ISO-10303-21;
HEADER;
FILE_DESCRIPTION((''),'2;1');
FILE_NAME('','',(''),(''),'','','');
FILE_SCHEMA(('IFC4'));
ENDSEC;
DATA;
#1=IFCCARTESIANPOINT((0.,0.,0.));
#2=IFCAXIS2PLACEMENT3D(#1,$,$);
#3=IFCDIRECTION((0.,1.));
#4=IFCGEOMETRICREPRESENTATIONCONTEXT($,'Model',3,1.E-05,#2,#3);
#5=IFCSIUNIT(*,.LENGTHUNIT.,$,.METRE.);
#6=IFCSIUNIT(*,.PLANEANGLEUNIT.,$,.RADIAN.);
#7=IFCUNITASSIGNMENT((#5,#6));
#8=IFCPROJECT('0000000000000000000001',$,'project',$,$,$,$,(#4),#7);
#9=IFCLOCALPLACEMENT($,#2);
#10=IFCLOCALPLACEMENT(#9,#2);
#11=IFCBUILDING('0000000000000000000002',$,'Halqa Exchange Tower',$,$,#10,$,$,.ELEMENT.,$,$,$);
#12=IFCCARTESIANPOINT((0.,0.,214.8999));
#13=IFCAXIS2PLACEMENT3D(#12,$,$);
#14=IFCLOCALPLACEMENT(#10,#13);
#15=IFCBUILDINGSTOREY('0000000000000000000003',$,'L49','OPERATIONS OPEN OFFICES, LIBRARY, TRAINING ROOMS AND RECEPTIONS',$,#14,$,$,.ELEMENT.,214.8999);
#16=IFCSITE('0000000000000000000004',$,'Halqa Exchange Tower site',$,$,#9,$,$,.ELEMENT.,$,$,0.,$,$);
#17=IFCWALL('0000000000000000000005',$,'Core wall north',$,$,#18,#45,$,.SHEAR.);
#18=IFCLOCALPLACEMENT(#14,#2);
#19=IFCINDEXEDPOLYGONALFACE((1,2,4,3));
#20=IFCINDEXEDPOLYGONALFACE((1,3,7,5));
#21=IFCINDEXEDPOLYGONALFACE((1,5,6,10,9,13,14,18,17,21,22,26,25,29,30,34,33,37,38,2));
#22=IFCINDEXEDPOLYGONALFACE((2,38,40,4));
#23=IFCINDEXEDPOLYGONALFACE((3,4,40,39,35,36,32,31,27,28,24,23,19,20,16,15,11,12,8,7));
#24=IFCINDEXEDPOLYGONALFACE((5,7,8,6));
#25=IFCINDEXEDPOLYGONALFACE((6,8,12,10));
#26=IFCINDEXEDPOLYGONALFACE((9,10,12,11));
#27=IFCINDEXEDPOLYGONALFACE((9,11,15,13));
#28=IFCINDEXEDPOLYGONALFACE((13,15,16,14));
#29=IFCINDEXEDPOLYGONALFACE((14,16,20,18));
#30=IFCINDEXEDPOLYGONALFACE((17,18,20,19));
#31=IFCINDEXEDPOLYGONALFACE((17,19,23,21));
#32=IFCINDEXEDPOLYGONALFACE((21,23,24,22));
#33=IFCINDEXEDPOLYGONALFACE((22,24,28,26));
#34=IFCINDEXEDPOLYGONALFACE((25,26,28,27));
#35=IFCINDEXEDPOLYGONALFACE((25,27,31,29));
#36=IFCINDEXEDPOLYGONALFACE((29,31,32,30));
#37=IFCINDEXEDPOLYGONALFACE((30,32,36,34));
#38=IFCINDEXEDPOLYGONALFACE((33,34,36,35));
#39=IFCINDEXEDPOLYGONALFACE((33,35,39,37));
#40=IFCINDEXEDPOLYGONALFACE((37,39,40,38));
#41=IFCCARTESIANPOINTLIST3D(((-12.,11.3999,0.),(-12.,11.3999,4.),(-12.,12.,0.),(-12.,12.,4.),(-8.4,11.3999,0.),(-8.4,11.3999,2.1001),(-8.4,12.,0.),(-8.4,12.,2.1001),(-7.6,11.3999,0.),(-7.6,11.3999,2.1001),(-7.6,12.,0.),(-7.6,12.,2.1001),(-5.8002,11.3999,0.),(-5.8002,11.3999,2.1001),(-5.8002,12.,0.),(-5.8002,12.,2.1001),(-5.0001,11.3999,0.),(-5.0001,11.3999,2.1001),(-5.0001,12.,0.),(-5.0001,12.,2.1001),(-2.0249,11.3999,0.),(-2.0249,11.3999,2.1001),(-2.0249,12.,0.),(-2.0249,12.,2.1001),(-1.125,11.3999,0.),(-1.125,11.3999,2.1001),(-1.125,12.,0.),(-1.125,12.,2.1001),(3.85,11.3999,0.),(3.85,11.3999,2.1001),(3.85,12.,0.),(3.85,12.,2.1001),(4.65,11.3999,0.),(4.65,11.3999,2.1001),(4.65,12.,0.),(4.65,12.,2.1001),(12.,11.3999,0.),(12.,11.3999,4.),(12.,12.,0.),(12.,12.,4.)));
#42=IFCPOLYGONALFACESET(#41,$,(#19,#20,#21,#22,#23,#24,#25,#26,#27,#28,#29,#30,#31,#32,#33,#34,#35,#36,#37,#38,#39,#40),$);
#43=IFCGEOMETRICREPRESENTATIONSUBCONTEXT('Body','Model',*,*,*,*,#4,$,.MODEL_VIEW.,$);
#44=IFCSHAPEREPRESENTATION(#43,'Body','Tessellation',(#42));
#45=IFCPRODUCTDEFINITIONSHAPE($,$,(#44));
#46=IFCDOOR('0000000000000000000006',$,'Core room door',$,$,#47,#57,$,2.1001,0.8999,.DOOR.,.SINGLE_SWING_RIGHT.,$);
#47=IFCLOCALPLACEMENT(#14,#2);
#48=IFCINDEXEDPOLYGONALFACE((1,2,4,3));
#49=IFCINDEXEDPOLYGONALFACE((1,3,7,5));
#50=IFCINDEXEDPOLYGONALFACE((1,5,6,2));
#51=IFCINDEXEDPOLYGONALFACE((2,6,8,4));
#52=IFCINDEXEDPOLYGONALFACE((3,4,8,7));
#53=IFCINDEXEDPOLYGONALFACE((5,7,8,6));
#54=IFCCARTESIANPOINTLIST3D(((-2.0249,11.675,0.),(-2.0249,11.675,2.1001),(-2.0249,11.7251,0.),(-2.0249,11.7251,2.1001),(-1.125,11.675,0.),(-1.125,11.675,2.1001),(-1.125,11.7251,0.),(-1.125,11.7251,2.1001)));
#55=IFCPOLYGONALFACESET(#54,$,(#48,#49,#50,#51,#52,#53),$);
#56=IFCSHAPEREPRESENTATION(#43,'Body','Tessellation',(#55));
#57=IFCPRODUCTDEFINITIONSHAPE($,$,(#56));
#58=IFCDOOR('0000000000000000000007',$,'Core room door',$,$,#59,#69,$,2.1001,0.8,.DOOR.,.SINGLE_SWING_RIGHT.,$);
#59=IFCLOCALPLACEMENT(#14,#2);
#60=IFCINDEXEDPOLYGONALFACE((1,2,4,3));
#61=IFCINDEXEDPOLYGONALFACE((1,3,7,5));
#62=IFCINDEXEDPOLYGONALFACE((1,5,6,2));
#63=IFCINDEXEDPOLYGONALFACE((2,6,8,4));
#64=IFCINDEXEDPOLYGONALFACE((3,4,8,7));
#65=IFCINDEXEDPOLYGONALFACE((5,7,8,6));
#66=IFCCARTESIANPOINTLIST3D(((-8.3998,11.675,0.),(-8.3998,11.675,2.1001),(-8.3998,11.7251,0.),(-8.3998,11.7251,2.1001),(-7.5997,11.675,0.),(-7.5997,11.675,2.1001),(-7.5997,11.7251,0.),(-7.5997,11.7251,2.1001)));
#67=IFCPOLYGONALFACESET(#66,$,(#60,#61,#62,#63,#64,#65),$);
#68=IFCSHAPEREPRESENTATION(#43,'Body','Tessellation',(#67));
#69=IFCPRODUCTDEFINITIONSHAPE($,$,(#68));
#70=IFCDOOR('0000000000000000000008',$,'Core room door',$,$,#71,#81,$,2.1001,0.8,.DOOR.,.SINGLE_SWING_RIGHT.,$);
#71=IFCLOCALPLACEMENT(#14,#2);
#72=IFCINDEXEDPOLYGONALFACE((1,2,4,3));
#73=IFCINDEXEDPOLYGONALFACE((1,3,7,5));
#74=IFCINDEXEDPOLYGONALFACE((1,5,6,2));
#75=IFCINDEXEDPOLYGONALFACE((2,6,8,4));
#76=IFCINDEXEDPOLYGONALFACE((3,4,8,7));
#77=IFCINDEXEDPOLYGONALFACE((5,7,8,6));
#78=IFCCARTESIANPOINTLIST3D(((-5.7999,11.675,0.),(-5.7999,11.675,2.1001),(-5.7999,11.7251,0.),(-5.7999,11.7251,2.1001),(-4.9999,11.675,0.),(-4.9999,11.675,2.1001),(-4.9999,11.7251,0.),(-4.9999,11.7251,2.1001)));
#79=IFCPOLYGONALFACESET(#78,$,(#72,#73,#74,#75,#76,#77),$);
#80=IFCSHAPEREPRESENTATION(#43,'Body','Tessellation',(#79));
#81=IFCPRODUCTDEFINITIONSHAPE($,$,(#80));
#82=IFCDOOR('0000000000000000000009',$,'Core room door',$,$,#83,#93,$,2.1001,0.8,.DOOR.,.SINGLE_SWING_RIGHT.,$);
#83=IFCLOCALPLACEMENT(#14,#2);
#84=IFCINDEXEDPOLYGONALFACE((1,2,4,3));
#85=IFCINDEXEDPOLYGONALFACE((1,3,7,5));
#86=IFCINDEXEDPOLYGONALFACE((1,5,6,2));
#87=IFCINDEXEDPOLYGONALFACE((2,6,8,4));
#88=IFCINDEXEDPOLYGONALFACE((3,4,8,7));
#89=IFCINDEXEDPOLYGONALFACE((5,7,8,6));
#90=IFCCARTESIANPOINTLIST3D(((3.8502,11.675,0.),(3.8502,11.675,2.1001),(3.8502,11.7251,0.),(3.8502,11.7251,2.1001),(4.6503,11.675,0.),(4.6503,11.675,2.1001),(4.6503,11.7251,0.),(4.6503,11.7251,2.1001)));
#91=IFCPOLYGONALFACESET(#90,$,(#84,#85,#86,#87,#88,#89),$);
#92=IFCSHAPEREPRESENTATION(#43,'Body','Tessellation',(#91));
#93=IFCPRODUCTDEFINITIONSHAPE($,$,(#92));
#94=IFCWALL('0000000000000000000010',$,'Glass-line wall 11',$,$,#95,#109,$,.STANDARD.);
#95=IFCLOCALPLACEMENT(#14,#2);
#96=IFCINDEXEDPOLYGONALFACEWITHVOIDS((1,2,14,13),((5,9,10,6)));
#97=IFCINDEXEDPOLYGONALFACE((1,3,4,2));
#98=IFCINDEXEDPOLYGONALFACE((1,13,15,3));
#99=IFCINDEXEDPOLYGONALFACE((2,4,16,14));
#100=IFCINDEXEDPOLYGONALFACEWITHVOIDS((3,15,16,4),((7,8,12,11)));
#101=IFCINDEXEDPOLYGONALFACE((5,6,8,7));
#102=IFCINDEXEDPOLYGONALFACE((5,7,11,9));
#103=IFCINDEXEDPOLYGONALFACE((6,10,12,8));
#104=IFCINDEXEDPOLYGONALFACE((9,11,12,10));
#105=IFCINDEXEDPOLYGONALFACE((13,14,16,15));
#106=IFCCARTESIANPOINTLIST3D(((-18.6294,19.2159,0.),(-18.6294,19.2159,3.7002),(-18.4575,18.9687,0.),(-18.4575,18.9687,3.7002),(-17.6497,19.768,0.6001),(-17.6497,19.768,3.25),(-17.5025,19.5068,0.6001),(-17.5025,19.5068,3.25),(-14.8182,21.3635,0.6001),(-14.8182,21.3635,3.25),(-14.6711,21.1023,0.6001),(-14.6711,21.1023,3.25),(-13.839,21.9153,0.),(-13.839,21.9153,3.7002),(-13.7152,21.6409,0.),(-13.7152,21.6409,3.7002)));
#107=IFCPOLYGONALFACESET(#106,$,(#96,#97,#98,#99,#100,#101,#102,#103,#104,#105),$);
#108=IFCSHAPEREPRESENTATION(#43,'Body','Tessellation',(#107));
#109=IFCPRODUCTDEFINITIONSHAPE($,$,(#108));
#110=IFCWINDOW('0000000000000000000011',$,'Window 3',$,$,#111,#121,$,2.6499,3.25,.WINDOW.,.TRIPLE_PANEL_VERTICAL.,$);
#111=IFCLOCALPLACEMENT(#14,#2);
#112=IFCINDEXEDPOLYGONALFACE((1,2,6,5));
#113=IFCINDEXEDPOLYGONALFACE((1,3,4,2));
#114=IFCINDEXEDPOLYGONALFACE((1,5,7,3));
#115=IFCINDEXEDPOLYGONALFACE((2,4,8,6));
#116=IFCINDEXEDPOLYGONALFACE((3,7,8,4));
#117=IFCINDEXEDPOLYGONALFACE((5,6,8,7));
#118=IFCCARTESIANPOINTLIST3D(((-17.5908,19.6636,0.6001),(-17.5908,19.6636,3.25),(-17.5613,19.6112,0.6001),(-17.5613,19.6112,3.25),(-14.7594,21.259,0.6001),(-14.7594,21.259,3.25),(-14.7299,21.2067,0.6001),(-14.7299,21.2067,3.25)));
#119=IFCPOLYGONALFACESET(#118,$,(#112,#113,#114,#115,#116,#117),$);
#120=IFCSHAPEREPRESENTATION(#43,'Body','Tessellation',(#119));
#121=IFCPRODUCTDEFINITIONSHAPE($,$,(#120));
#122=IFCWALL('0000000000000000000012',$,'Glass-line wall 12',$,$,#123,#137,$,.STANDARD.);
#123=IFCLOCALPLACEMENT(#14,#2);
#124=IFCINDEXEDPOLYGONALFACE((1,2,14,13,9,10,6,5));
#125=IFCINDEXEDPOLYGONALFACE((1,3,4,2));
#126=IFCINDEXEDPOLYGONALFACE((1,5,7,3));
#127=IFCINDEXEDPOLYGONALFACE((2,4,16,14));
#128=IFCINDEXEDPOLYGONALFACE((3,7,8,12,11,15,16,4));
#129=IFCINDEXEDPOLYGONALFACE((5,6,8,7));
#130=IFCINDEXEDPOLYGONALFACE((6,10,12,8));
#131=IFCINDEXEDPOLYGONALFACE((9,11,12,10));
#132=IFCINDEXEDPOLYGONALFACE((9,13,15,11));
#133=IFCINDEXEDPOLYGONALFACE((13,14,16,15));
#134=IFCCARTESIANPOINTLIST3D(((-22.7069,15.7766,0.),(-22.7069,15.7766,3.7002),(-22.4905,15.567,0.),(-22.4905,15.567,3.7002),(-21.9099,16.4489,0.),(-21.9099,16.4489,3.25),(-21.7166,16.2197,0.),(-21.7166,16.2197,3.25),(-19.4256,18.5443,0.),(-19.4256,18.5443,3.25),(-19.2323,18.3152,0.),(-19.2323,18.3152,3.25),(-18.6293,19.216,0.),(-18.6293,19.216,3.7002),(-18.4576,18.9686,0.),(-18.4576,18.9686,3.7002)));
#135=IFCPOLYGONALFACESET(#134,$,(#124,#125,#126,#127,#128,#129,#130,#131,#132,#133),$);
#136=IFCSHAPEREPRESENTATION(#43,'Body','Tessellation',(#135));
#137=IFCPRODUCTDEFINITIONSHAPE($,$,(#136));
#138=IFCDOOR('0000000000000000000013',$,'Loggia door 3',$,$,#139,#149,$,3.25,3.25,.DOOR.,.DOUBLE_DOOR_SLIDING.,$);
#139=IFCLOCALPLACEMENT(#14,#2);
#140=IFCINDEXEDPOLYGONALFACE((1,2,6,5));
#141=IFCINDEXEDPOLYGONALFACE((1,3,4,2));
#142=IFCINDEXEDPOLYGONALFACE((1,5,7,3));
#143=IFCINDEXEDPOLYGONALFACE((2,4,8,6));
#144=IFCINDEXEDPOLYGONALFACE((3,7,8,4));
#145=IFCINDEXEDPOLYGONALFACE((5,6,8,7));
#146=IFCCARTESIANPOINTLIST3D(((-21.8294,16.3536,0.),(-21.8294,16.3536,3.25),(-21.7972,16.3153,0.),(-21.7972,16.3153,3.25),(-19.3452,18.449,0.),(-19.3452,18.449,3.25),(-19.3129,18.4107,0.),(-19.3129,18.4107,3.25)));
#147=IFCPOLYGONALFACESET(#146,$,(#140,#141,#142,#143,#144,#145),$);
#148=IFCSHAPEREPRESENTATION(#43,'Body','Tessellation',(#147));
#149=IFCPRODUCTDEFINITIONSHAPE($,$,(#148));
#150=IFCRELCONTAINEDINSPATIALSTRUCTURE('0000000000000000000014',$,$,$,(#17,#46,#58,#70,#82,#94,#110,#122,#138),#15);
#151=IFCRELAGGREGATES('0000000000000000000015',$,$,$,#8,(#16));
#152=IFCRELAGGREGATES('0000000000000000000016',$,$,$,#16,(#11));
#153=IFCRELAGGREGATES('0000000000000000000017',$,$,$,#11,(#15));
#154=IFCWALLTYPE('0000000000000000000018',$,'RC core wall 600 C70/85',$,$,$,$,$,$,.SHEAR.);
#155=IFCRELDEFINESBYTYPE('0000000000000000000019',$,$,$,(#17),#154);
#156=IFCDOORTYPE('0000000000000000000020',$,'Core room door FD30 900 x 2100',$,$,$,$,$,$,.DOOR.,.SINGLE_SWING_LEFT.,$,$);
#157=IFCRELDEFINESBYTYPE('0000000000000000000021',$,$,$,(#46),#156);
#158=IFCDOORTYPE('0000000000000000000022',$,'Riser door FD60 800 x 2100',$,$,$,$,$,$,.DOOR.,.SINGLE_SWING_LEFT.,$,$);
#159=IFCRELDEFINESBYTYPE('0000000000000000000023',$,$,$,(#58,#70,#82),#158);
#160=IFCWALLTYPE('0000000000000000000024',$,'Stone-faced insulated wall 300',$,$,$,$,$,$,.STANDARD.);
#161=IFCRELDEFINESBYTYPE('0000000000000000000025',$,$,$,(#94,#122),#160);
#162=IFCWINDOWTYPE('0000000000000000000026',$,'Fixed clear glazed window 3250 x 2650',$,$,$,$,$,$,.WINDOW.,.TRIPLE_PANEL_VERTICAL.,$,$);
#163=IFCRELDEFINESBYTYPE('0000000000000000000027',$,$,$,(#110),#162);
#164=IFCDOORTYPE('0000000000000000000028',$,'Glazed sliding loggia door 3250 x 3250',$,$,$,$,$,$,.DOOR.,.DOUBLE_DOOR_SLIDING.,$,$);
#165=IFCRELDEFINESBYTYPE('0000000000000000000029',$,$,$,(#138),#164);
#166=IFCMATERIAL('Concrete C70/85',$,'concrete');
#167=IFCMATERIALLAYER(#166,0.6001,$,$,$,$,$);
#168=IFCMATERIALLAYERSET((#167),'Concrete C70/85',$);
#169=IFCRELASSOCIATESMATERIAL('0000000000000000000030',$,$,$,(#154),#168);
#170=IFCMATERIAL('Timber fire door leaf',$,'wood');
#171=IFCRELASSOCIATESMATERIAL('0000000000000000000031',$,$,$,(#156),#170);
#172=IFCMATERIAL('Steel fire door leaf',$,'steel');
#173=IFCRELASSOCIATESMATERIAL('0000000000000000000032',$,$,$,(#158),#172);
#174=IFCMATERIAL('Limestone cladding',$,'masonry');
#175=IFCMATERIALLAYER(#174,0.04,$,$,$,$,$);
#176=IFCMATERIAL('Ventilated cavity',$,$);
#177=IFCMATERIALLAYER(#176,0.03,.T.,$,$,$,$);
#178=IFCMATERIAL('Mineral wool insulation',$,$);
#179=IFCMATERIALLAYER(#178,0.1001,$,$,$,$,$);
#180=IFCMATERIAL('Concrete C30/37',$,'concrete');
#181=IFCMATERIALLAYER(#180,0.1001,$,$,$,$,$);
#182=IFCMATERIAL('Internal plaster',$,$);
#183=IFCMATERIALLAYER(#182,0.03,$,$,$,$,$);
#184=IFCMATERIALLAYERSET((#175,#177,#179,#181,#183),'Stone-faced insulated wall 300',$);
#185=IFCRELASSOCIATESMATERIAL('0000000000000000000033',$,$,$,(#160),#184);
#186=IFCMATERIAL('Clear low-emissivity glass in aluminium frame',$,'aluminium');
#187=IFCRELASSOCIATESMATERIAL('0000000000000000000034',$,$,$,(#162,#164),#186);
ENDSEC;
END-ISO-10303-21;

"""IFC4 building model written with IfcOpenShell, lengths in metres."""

from ifc_helpers import new_model, si_unit, direction, frame, frame_2d, origin, place, context, subcontext, project, spatial, polyline, rectangle, outline, extrude, material, layer, layer_set, type_object, element, fill, save


model = new_model("IFC4")

# Units and contexts
model_context = context("Model", 3, precision=1e-05, world=origin(), true_north=direction((0.0, 1.0)))
body_context = subcontext(model_context, "Body", "Model", "MODEL_VIEW")
ifc_project = project(units=[si_unit("LENGTHUNIT", "METRE"), si_unit("PLANEANGLEUNIT", "RADIAN")], contexts=[model_context])

# Site, building, storey
site_placement = place(None, origin())
site = spatial("IfcSite", under=ifc_project, at=site_placement, Name="Halqa Exchange Tower site", CompositionType="ELEMENT", RefElevation=0.0)
building_placement = place(site_placement, origin())
building = spatial("IfcBuilding", under=site, at=building_placement, Name="Halqa Exchange Tower", CompositionType="ELEMENT")
storey_placement = place(building_placement, frame((0.0, 0.0, 214.8999)))
storey = spatial("IfcBuildingStorey", under=building, at=storey_placement, Name="L49", Description="OPERATIONS OPEN OFFICES, LIBRARY, TRAINING ROOMS AND RECEPTIONS", CompositionType="ELEMENT", Elevation=214.8999)

# Wall, openings, doors
ifc_material_1 = material(Name="Steel fire door leaf", Category="steel")
ifc_material_2 = material(Name="Concrete C70/85", Category="concrete")
ifc_layer_1 = layer(ifc_material_2, 0.6001)
ifc_layer_set_1 = layer_set([ifc_layer_1], Name="Concrete C70/85")
wall_type_1 = type_object("IfcWallType", Name="RC core wall 600 C70/85", PredefinedType="SHEAR", material=ifc_layer_set_1)
wall_1_placement = place(storey_placement, frame((-12.0, 11.7, 0.0), z_axis=(0.0, 0.0, 1.0), x_axis=(1.0, 0.0, 0.0)))
wall_1 = element("IfcWall", 1, at=wall_1_placement, inside=storey, type_object=wall_type_1, Name="Core wall north", PredefinedType="SHEAR", context=body_context, shape_type="SweptSolid", body=[
    extrude(rectangle(XDim=24.0, YDim=0.6001, at=frame_2d((12.0, 0.0))), origin(), (0.0, 0.0, 1.0), 4.0),
])
opening_1_placement = place(wall_1_placement, frame((9.9751, 0.0, 0.0)))
opening_1 = element("IfcOpeningElement", 2, at=opening_1_placement, cuts=wall_1, PredefinedType="OPENING", context=body_context, shape_type="SweptSolid", body=[
    extrude(rectangle(XDim=0.8999, YDim=2.1001, at=frame_2d((0.45, 1.05))), frame((0.0, 0.312, 0.0), z_axis=(0.0, -1.0, 0.0), x_axis=(1.0, 0.0, 0.0)), (0.0, 0.0, 1.0), 0.624),
])
opening_2_placement = place(wall_1_placement, frame((3.6001, 0.0, 0.0)))
opening_2 = element("IfcOpeningElement", 3, at=opening_2_placement, cuts=wall_1, PredefinedType="OPENING", context=body_context, shape_type="SweptSolid", body=[
    extrude(rectangle(XDim=0.8, YDim=2.1001, at=frame_2d((0.3999, 1.05))), frame((0.0, 0.312, 0.0), z_axis=(0.0, -1.0, 0.0), x_axis=(1.0, 0.0, 0.0)), (0.0, 0.0, 1.0), 0.624),
])
opening_3_placement = place(wall_1_placement, frame((6.2, 0.0, 0.0)))
opening_3 = element("IfcOpeningElement", 4, at=opening_3_placement, cuts=wall_1, PredefinedType="OPENING", context=body_context, shape_type="SweptSolid", body=[
    extrude(rectangle(XDim=0.8, YDim=2.1001, at=frame_2d((0.3999, 1.05))), frame((0.0, 0.312, 0.0), z_axis=(0.0, -1.0, 0.0), x_axis=(1.0, 0.0, 0.0)), (0.0, 0.0, 1.0), 0.624),
])
opening_4_placement = place(wall_1_placement, frame((15.8501, 0.0, 0.0)))
opening_4 = element("IfcOpeningElement", 5, at=opening_4_placement, cuts=wall_1, PredefinedType="OPENING", context=body_context, shape_type="SweptSolid", body=[
    extrude(rectangle(XDim=0.8, YDim=2.1001, at=frame_2d((0.3999, 1.05))), frame((0.0, 0.312, 0.0), z_axis=(0.0, -1.0, 0.0), x_axis=(1.0, 0.0, 0.0)), (0.0, 0.0, 1.0), 0.624),
])
ifc_material_3 = material(Name="Timber fire door leaf", Category="wood")
door_type_1 = type_object("IfcDoorType", Name="Core room door FD30 900 x 2100", OperationType="SINGLE_SWING_LEFT", PredefinedType="DOOR", material=ifc_material_3)
door_1_placement = place(opening_1_placement, frame((0.8999, 0.0, 0.0), z_axis=(0.0, 0.0, 1.0), x_axis=(-1.0, 0.0, 0.0)))
door_1 = element("IfcDoor", 6, at=door_1_placement, inside=storey, type_object=door_type_1, Name="Core room door", OperationType="SINGLE_SWING_RIGHT", OverallHeight=2.1001, OverallWidth=0.8999, PredefinedType="DOOR", context=body_context, shape_type="SweptSolid", body=[
    extrude(rectangle(XDim=0.8999, YDim=2.1001, at=frame_2d((0.45, 1.05))), frame((0.0, 0.0249, 0.0), z_axis=(0.0, -1.0, 0.0), x_axis=(1.0, 0.0, 0.0)), (0.0, 0.0, 1.0), 0.05),
])
fill(opening_1, door_1)
door_type_2 = type_object("IfcDoorType", Name="Riser door FD60 800 x 2100", OperationType="SINGLE_SWING_LEFT", PredefinedType="DOOR", material=ifc_material_1)
door_2_placement = place(opening_2_placement, frame((0.8, 0.0, 0.0), z_axis=(0.0, 0.0, 1.0), x_axis=(-1.0, 0.0, 0.0)))
door_2 = element("IfcDoor", 7, at=door_2_placement, inside=storey, type_object=door_type_2, Name="Core room door", OperationType="SINGLE_SWING_RIGHT", OverallHeight=2.1001, OverallWidth=0.8, PredefinedType="DOOR", context=body_context, shape_type="SweptSolid", body=[
    extrude(rectangle(XDim=0.8, YDim=2.1001, at=frame_2d((0.3999, 1.05))), frame((0.0, 0.0249, 0.0), z_axis=(0.0, -1.0, 0.0), x_axis=(1.0, 0.0, 0.0)), (0.0, 0.0, 1.0), 0.05),
])
fill(opening_2, door_2)
door_3_placement = place(opening_3_placement, frame((0.8, 0.0, 0.0), z_axis=(0.0, 0.0, 1.0), x_axis=(-1.0, 0.0, 0.0)))
door_3 = element("IfcDoor", 8, at=door_3_placement, inside=storey, type_object=door_type_2, Name="Core room door", OperationType="SINGLE_SWING_RIGHT", OverallHeight=2.1001, OverallWidth=0.8, PredefinedType="DOOR", context=body_context, shape_type="SweptSolid", body=[
    extrude(rectangle(XDim=0.8, YDim=2.1001, at=frame_2d((0.3999, 1.05))), frame((0.0, 0.0249, 0.0), z_axis=(0.0, -1.0, 0.0), x_axis=(1.0, 0.0, 0.0)), (0.0, 0.0, 1.0), 0.05),
])
fill(opening_3, door_3)
door_4_placement = place(opening_4_placement, frame((0.8, 0.0, 0.0), z_axis=(0.0, 0.0, 1.0), x_axis=(-1.0, 0.0, 0.0)))
door_4 = element("IfcDoor", 9, at=door_4_placement, inside=storey, type_object=door_type_2, Name="Core room door", OperationType="SINGLE_SWING_RIGHT", OverallHeight=2.1001, OverallWidth=0.8, PredefinedType="DOOR", context=body_context, shape_type="SweptSolid", body=[
    extrude(rectangle(XDim=0.8, YDim=2.1001, at=frame_2d((0.3999, 1.05))), frame((0.0, 0.0249, 0.0), z_axis=(0.0, -1.0, 0.0), x_axis=(1.0, 0.0, 0.0)), (0.0, 0.0, 1.0), 0.05),
])
fill(opening_4, door_4)

# Wall, opening, window
ifc_material_4 = material(Name="Limestone cladding", Category="masonry")
ifc_layer_2 = layer(ifc_material_4, 0.04)
ifc_material_5 = material(Name="Ventilated cavity")
ifc_layer_3 = layer(ifc_material_5, 0.03, ventilated=True)
ifc_material_6 = material(Name="Mineral wool insulation")
ifc_layer_4 = layer(ifc_material_6, 0.1001)
ifc_material_7 = material(Name="Concrete C30/37", Category="concrete")
ifc_layer_5 = layer(ifc_material_7, 0.1001)
ifc_material_8 = material(Name="Internal plaster")
ifc_layer_6 = layer(ifc_material_8, 0.03)
ifc_layer_set_2 = layer_set([ifc_layer_2, ifc_layer_3, ifc_layer_4, ifc_layer_5, ifc_layer_6], Name="Stone-faced insulated wall 300")
wall_type_2 = type_object("IfcWallType", Name="Stone-faced insulated wall 300", PredefinedType="STANDARD", material=ifc_layer_set_2)
wall_2_placement = place(storey_placement, frame((-13.7771, 21.7781, 0.0), z_axis=(0.0, 0.0, 1.0), x_axis=(-0.871207, -0.490916, 0.0)))
wall_2 = element("IfcWall", 10, at=wall_2_placement, inside=storey, type_object=wall_type_2, Name="Glass-line wall 11", PredefinedType="STANDARD", context=body_context, shape_type="SweptSolid", body=[
    extrude(outline(polyline([(-0.0134, -0.1499), (5.4851, -0.1499), (5.4568, 0.1499), (0.0134, 0.1499), (-0.0134, -0.1499)])), origin(), (0.0, 0.0, 1.0), 3.7002),
])
opening_5_placement = place(wall_2_placement, frame((1.1106, 0.0, 0.6001)))
opening_5 = element("IfcOpeningElement", 11, at=opening_5_placement, cuts=wall_2, PredefinedType="OPENING", context=body_context, shape_type="SweptSolid", body=[
    extrude(rectangle(XDim=3.25, YDim=2.6499, at=frame_2d((1.625, 1.325))), frame((0.0, 0.1621, 0.0), z_axis=(0.0, -1.0, 0.0), x_axis=(1.0, 0.0, 0.0)), (0.0, 0.0, 1.0), 0.324),
])
ifc_material_9 = material(Name="Clear low-emissivity glass in aluminium frame", Category="aluminium")
window_type = type_object("IfcWindowType", Name="Fixed clear glazed window 3250 x 2650", PartitioningType="TRIPLE_PANEL_VERTICAL", PredefinedType="WINDOW", material=ifc_material_9)
window_1_placement = place(opening_5_placement, origin())
window_1 = element("IfcWindow", 12, at=window_1_placement, inside=storey, type_object=window_type, Name="Window 3", OverallHeight=2.6499, OverallWidth=3.25, PartitioningType="TRIPLE_PANEL_VERTICAL", PredefinedType="WINDOW", context=body_context, shape_type="SweptSolid", body=[
    extrude(rectangle(XDim=3.25, YDim=2.6499, at=frame_2d((1.625, 1.325))), frame((0.0, 0.03, 0.0), z_axis=(0.0, -1.0, 0.0), x_axis=(1.0, 0.0, 0.0)), (0.0, 0.0, 1.0), 0.0601),
])
fill(opening_5, window_1)

# Wall, opening, door
wall_3_placement = place(storey_placement, frame((-18.5435, 19.0923, 0.0), z_axis=(0.0, 0.0, 1.0), x_axis=(-0.764398, -0.644745, 0.0)))
wall_3 = element("IfcWall", 13, at=wall_3_placement, inside=storey, type_object=wall_type_2, Name="Glass-line wall 12", PredefinedType="STANDARD", context=body_context, shape_type="SweptSolid", body=[
    extrude(outline(polyline([(-0.0142, -0.1499), (5.3203, -0.1499), (5.29, 0.1499), (0.0142, 0.1499), (-0.0142, -0.1499)])), origin(), (0.0, 0.0, 1.0), 3.7002),
])
opening_6_placement = place(wall_3_placement, frame((1.0276, 0.0, 0.0)))
opening_6 = element("IfcOpeningElement", 14, at=opening_6_placement, cuts=wall_3, PredefinedType="OPENING", context=body_context, shape_type="SweptSolid", body=[
    extrude(rectangle(XDim=3.25, YDim=3.25, at=frame_2d((1.625, 1.625))), frame((0.0, 0.1621, 0.0), z_axis=(0.0, -1.0, 0.0), x_axis=(1.0, 0.0, 0.0)), (0.0, 0.0, 1.0), 0.324),
])
door_type_3 = type_object("IfcDoorType", Name="Glazed sliding loggia door 3250 x 3250", OperationType="DOUBLE_DOOR_SLIDING", PredefinedType="DOOR", material=ifc_material_9)
door_5_placement = place(opening_6_placement, origin())
door_5 = element("IfcDoor", 15, at=door_5_placement, inside=storey, type_object=door_type_3, Name="Loggia door 3", OperationType="DOUBLE_DOOR_SLIDING", OverallHeight=3.25, OverallWidth=3.25, PredefinedType="DOOR", context=body_context, shape_type="SweptSolid", body=[
    extrude(rectangle(XDim=3.25, YDim=3.25, at=frame_2d((1.625, 1.625))), frame((0.0, 0.0249, 0.0), z_axis=(0.0, -1.0, 0.0), x_axis=(1.0, 0.0, 0.0)), (0.0, 0.0, 1.0), 0.05),
])
fill(opening_6, door_5)

save(model, "model.ifc")
